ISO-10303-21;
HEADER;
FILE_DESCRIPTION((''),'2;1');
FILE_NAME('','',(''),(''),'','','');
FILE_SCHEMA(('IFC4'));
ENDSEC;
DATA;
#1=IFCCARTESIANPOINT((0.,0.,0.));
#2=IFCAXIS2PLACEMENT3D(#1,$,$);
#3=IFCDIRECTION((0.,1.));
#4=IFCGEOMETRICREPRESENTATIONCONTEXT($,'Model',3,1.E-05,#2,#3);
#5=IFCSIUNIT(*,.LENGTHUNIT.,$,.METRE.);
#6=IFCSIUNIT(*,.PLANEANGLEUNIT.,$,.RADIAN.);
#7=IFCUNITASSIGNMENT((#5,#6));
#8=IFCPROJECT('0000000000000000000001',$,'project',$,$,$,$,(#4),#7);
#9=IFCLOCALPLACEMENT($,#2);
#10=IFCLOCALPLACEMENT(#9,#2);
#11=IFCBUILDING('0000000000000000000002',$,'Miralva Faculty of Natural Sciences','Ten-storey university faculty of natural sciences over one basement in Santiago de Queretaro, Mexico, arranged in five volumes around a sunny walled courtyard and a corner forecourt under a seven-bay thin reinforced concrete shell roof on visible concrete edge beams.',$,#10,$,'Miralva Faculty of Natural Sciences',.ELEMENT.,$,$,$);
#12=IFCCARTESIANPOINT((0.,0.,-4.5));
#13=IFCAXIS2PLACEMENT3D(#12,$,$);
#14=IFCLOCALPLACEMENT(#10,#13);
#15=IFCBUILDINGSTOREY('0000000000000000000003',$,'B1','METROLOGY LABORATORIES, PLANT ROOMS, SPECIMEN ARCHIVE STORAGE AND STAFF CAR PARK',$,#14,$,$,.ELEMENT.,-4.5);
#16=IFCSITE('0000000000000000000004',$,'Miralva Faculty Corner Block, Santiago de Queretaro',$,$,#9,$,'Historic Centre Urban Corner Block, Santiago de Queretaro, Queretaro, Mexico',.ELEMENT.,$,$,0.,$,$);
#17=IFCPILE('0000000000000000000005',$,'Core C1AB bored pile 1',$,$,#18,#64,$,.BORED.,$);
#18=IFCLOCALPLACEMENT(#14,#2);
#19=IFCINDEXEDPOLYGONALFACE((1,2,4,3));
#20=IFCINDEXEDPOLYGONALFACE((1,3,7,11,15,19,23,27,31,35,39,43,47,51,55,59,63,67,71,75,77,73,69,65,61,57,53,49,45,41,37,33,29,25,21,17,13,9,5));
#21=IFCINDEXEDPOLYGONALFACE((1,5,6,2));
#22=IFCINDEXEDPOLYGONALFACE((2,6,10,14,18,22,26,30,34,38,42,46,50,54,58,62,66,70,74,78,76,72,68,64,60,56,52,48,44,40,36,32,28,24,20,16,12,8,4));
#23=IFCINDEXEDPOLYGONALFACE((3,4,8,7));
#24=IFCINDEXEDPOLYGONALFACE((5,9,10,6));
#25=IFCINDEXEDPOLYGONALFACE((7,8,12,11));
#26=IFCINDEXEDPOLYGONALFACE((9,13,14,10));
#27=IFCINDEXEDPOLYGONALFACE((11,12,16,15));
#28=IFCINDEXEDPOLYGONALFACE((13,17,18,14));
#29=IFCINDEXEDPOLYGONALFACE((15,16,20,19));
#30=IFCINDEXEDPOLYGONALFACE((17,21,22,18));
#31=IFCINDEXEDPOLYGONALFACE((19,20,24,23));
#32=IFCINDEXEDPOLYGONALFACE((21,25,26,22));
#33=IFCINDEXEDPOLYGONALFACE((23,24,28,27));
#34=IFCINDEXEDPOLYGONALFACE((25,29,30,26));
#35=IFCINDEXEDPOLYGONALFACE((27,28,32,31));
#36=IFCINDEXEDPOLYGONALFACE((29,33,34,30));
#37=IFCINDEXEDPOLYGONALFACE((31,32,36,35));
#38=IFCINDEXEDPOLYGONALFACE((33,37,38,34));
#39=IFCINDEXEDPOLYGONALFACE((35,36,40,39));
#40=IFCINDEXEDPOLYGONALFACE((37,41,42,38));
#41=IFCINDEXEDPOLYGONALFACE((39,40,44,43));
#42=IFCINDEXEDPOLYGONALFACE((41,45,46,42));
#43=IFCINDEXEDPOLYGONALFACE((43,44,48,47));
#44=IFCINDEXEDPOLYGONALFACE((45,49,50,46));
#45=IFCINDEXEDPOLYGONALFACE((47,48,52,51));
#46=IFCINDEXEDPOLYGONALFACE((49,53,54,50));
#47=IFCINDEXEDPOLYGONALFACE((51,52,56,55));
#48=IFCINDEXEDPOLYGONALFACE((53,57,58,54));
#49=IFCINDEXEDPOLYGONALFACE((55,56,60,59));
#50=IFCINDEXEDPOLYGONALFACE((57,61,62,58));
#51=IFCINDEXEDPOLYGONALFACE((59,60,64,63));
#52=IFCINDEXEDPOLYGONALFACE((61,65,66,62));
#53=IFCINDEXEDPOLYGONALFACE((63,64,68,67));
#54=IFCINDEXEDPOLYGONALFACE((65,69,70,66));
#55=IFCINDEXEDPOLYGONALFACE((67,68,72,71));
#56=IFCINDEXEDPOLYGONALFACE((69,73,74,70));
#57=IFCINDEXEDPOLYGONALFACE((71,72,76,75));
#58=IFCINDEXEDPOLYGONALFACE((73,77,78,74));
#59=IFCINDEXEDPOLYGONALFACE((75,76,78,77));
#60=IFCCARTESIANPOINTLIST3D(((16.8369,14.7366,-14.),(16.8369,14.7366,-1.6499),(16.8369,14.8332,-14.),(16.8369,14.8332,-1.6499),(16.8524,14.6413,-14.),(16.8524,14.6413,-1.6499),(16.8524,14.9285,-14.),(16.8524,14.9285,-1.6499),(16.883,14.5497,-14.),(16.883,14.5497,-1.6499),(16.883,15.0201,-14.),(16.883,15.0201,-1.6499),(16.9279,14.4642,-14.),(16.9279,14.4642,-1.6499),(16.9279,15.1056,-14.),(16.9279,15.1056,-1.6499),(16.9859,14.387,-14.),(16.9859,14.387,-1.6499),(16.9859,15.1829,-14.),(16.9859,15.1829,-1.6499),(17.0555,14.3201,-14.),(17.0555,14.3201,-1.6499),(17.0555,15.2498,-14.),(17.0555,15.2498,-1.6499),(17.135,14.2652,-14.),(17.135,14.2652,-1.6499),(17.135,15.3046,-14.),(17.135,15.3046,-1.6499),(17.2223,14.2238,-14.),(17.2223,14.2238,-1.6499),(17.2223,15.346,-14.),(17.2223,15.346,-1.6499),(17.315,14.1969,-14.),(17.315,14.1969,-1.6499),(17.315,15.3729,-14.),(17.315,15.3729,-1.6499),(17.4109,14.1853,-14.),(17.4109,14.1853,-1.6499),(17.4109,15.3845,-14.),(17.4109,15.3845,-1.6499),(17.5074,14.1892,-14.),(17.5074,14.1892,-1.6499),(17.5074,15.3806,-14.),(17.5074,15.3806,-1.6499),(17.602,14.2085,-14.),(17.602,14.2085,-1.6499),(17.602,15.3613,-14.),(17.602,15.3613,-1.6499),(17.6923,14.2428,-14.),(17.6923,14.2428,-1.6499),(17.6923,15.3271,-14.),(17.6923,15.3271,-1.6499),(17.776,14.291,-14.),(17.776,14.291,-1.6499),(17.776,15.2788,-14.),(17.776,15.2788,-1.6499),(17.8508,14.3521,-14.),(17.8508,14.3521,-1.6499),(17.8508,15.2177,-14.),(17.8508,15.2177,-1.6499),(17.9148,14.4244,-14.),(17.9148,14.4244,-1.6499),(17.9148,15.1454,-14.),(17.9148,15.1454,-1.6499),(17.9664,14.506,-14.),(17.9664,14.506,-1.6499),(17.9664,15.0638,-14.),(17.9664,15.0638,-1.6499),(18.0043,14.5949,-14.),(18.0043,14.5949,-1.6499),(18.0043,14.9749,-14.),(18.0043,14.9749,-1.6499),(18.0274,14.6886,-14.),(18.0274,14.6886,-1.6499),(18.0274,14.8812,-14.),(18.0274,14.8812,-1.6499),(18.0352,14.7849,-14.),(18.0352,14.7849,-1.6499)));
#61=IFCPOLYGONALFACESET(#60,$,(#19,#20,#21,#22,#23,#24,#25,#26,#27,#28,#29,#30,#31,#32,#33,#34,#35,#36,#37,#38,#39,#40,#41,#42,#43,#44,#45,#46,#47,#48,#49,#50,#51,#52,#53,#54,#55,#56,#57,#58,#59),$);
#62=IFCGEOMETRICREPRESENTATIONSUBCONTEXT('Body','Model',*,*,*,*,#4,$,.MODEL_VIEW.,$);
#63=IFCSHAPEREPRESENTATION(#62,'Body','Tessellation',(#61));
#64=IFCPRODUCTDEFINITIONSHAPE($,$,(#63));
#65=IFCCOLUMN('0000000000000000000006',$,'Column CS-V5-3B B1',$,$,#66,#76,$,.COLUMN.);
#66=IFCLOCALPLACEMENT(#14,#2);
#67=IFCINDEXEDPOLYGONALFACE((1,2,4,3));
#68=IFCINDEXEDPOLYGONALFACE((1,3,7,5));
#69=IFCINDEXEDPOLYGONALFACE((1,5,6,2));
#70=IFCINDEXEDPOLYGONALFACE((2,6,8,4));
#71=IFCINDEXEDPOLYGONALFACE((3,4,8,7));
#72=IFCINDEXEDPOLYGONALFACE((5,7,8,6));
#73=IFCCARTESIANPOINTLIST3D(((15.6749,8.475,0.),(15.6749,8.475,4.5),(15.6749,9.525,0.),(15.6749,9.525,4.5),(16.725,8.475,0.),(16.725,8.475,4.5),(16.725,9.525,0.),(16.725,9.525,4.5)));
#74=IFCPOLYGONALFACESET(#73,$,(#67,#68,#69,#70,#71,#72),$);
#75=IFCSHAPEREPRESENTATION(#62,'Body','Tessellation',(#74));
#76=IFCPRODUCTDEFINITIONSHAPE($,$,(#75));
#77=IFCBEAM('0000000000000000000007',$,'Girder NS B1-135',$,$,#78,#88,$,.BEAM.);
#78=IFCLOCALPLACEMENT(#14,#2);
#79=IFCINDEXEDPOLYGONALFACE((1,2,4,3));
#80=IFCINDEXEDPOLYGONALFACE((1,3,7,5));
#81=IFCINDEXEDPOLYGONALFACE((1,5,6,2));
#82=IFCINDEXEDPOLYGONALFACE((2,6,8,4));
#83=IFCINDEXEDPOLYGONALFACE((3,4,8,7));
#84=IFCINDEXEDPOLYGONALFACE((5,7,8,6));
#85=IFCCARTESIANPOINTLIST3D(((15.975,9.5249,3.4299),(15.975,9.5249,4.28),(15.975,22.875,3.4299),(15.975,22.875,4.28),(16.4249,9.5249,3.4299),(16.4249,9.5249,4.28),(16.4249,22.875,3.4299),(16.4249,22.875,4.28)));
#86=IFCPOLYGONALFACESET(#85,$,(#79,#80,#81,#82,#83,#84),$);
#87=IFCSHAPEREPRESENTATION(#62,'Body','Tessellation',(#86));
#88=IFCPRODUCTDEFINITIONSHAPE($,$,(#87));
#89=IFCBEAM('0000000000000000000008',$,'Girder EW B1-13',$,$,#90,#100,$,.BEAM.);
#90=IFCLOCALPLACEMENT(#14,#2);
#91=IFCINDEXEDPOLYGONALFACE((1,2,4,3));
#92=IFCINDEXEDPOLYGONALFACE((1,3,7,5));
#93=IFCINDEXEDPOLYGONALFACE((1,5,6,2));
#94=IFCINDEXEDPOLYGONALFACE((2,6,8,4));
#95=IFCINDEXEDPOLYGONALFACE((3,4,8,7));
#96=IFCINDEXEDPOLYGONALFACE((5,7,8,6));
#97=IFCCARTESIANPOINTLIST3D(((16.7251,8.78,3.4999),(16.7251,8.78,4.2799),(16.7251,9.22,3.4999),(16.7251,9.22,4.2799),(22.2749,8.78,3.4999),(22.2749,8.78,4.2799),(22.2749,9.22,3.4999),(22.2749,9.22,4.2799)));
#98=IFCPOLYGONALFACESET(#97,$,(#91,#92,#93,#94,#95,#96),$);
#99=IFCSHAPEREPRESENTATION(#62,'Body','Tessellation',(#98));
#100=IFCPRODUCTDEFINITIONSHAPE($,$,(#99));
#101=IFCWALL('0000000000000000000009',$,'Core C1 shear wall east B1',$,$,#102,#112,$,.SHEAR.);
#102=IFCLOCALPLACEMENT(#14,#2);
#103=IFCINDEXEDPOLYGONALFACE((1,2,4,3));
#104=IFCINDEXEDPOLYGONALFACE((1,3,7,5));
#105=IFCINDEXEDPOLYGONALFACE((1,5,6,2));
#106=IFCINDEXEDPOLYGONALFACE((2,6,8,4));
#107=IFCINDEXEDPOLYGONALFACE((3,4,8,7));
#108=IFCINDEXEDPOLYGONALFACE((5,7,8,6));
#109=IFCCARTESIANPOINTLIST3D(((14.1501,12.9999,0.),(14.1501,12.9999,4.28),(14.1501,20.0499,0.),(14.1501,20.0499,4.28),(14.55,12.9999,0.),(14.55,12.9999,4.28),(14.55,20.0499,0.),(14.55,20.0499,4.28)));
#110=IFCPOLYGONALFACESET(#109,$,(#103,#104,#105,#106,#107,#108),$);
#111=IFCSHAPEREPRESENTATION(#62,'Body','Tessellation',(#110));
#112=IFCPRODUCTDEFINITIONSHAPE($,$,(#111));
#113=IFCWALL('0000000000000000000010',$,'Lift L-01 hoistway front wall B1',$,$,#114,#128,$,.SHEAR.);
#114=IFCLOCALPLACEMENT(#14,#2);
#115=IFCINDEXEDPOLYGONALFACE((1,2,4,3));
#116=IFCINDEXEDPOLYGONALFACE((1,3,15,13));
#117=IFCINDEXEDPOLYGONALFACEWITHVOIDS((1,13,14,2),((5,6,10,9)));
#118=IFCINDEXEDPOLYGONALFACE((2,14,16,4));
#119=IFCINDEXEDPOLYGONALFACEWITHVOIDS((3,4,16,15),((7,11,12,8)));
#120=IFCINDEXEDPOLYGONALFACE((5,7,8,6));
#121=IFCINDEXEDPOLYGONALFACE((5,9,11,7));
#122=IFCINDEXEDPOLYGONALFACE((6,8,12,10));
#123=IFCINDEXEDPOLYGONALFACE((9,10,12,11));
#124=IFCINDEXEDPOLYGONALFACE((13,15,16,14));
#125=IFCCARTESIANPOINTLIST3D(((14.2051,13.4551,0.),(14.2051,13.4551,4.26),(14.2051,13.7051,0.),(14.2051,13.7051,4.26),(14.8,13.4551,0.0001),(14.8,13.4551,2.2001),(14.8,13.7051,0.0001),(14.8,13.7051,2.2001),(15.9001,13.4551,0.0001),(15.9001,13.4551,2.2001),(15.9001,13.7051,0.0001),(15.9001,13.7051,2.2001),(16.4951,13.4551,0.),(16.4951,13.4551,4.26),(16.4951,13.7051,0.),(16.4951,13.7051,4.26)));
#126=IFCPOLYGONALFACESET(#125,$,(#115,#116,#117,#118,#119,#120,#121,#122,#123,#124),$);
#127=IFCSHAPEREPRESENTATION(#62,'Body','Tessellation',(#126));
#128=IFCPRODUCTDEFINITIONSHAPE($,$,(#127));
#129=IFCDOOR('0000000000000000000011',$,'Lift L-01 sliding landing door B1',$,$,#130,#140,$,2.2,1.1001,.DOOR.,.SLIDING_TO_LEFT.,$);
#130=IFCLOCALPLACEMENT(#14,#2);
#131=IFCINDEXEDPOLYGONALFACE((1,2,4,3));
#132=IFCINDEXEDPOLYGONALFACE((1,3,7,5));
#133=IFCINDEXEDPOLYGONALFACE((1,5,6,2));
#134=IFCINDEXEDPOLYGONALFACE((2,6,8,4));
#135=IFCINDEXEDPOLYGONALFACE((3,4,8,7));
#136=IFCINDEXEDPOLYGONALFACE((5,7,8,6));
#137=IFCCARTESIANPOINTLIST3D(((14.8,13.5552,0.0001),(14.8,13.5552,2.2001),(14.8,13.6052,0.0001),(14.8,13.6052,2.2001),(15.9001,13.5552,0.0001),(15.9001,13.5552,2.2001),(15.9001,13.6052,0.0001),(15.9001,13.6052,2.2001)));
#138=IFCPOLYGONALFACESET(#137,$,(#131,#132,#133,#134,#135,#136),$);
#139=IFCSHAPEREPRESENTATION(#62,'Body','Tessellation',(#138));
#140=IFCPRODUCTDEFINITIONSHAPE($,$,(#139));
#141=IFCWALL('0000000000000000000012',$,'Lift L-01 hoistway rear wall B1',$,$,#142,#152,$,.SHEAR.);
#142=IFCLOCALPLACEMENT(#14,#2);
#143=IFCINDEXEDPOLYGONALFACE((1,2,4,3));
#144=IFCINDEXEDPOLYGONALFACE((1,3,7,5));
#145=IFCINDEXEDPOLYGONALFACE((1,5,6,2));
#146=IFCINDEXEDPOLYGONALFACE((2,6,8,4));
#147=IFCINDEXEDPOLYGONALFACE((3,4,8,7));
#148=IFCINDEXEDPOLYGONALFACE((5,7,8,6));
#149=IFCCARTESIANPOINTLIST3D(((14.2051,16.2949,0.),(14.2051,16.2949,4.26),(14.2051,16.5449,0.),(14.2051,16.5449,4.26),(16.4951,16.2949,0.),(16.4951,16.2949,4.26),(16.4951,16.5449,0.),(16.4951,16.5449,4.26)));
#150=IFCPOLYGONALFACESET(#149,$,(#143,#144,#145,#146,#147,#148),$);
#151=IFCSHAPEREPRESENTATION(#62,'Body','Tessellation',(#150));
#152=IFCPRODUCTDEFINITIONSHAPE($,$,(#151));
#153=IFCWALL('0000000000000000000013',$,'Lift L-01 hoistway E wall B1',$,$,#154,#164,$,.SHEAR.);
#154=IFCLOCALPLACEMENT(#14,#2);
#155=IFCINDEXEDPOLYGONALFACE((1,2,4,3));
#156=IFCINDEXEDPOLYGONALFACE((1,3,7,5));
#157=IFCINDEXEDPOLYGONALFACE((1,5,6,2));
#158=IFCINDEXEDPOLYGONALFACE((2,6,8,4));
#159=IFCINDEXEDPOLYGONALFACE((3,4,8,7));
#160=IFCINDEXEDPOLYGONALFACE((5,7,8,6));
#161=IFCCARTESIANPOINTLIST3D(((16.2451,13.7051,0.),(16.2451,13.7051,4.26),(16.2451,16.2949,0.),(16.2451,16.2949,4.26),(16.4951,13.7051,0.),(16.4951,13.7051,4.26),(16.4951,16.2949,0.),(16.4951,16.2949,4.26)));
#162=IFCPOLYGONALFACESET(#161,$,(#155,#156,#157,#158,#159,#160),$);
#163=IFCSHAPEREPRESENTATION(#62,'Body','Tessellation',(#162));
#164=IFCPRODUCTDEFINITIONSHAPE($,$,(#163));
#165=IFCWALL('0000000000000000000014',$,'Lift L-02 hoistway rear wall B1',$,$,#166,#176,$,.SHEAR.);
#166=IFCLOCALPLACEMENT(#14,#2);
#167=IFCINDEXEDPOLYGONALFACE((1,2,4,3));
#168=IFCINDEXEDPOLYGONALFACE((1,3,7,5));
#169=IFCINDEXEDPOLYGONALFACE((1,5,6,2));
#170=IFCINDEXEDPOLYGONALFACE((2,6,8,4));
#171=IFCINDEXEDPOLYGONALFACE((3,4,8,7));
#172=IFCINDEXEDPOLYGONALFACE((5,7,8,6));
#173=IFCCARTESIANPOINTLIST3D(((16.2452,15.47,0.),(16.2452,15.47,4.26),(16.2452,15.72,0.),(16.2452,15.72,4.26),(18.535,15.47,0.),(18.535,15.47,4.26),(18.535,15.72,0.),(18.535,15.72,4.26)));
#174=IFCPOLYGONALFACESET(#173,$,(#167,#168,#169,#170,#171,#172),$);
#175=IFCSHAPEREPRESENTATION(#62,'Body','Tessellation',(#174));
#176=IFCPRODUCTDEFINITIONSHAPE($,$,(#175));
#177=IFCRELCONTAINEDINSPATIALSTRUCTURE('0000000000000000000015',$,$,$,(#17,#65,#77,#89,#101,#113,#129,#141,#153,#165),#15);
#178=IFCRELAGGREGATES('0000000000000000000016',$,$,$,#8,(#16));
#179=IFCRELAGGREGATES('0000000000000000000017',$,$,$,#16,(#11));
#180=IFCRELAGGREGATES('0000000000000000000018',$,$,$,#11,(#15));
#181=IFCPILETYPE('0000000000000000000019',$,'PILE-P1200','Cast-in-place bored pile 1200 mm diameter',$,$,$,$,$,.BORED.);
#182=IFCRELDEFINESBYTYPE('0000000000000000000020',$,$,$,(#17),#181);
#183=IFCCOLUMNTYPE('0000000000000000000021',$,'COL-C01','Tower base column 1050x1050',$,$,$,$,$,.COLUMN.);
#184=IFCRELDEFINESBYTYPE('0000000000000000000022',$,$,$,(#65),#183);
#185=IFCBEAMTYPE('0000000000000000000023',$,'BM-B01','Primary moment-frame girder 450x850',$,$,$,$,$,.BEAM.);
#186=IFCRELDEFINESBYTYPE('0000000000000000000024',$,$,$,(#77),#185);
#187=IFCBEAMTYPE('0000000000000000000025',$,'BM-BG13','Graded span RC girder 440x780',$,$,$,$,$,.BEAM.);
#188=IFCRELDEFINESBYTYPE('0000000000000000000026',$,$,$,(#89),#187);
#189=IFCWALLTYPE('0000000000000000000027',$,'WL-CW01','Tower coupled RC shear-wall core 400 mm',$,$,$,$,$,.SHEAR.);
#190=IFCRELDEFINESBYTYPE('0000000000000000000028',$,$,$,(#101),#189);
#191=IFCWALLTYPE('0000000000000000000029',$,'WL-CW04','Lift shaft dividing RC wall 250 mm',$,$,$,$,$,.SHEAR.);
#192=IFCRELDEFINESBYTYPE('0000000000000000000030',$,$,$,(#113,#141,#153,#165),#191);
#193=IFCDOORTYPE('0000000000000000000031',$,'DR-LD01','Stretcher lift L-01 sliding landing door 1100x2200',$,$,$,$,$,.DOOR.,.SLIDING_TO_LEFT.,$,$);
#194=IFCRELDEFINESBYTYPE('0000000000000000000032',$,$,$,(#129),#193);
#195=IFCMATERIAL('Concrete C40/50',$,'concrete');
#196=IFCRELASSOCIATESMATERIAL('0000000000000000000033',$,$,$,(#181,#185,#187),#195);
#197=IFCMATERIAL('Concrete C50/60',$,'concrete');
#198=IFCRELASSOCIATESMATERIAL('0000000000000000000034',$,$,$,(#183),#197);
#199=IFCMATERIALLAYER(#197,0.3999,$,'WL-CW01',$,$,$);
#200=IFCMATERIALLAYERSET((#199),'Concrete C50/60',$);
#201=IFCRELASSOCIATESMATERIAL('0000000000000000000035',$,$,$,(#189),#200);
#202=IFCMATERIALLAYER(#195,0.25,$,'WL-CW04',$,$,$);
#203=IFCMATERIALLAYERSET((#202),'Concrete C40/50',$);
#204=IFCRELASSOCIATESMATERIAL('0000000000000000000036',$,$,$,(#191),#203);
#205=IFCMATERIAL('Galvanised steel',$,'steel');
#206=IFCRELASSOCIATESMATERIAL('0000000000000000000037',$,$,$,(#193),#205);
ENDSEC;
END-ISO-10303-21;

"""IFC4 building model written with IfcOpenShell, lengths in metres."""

from ifc_helpers import new_model, si_unit, direction, frame, frame_2d, origin, origin_2d, place, context, subcontext, project, spatial, rectangle, circle, extrude, material, layer, layer_set, material_profile, profile_set, type_object, element, fill, save


model = new_model("IFC4")

# Units and contexts
model_context = context("Model", 3, precision=1e-05, world=origin(), true_north=direction((0.0, 1.0)))
body_context = subcontext(model_context, "Body", "Model", "MODEL_VIEW")
ifc_project = project(units=[si_unit("LENGTHUNIT", "METRE"), si_unit("PLANEANGLEUNIT", "RADIAN")], contexts=[model_context])

# Site, building, storey
site_placement = place(None, origin())
site = spatial("IfcSite", under=ifc_project, at=site_placement, Name="Miralva Faculty Corner Block, Santiago de Queretaro", LongName="Historic Centre Urban Corner Block, Santiago de Queretaro, Queretaro, Mexico", CompositionType="ELEMENT", RefElevation=0.0)
building_placement = place(site_placement, origin())
building = spatial("IfcBuilding", under=site, at=building_placement, Name="Miralva Faculty of Natural Sciences", Description="Ten-storey university faculty of natural sciences over one basement in Santiago de Queretaro, Mexico, arranged in five volumes around a sunny walled courtyard and a corner forecourt under a seven-bay thin reinforced concrete shell roof on visible concrete edge beams.", LongName="Miralva Faculty of Natural Sciences", CompositionType="ELEMENT")
storey_placement = place(building_placement, frame((0.0, 0.0, -4.5)))
storey = spatial("IfcBuildingStorey", under=building, at=storey_placement, Name="B1", Description="METROLOGY LABORATORIES, PLANT ROOMS, SPECIMEN ARCHIVE STORAGE AND STAFF CAR PARK", CompositionType="ELEMENT", Elevation=-4.5)

# Pile
ifc_material_1 = material(Name="Concrete C40/50", Category="concrete")
ifc_material_profile_1 = material_profile(ifc_material_1, circle(Radius=0.6001, at=origin_2d()), Name="BORED PILE 1200")
ifc_profile_set_1 = profile_set([ifc_material_profile_1], Name="Concrete C40/50")
pile_type_1 = type_object("IfcPileType", Name="PILE-P1200", Description="Cast-in-place bored pile 1200 mm diameter", PredefinedType="BORED", material=ifc_profile_set_1)
pile_placement = place(storey_placement, frame((17.4351, 14.7849, -1.6499), z_axis=(0.0, 0.0, -1.0), x_axis=(1.0, 0.0, 0.0)))
element("IfcPile", 1, at=pile_placement, inside=storey, type_object=pile_type_1, Name="Core C1AB bored pile 1", PredefinedType="BORED", context=body_context, shape_type="SweptSolid", body=[
    extrude(circle(Radius=0.6001, at=origin_2d()), origin(), (0.0, 0.0, 1.0), 12.3501),
])

# Column
ifc_material_2 = material(Name="Concrete C50/60", Category="concrete")
ifc_material_profile_2 = material_profile(ifc_material_2, rectangle(XDim=1.05, YDim=1.05, at=origin_2d()), Name="RC 1050x1050")
ifc_profile_set_2 = profile_set([ifc_material_profile_2], Name="Concrete C50/60")
column_type = type_object("IfcColumnType", Name="COL-C01", Description="Tower base column 1050x1050", PredefinedType="COLUMN", material=ifc_profile_set_2)
column_placement = place(storey_placement, frame((16.2, 9.0, 0.0), z_axis=(0.0, 0.0, 1.0), x_axis=(1.0, 0.0, 0.0)))
element("IfcColumn", 2, at=column_placement, inside=storey, type_object=column_type, Name="Column CS-V5-3B B1", PredefinedType="COLUMN", context=body_context, shape_type="SweptSolid", body=[
    extrude(rectangle(XDim=1.05, YDim=1.05, at=origin_2d()), origin(), (0.0, 0.0, 1.0), 4.5),
])

# Beams
ifc_material_profile_3 = material_profile(ifc_material_1, rectangle(XDim=0.45, YDim=0.8501, at=origin_2d()), Name="RC 450x850")
ifc_profile_set_3 = profile_set([ifc_material_profile_3], Name="Concrete C40/50")
beam_type_1 = type_object("IfcBeamType", Name="BM-B01", Description="Primary moment-frame girder 450x850", PredefinedType="BEAM", material=ifc_profile_set_3)
beam_1_placement = place(storey_placement, frame((16.2, 9.5249, 3.855), z_axis=(0.0, 1.0, 0.0), x_axis=(-1.0, 0.0, 0.0)))
element("IfcBeam", 3, at=beam_1_placement, inside=storey, type_object=beam_type_1, Name="Girder NS B1-135", PredefinedType="BEAM", context=body_context, shape_type="SweptSolid", body=[
    extrude(rectangle(XDim=0.45, YDim=0.8501, at=origin_2d()), origin(), (0.0, 0.0, 1.0), 13.3501),
])
ifc_material_profile_4 = material_profile(ifc_material_1, rectangle(XDim=0.4399, YDim=0.78, at=origin_2d()), Name="RC 440x780")
ifc_profile_set_4 = profile_set([ifc_material_profile_4], Name="Concrete C40/50")
beam_type_2 = type_object("IfcBeamType", Name="BM-BG13", Description="Graded span RC girder 440x780", PredefinedType="BEAM", material=ifc_profile_set_4)
beam_2_placement = place(storey_placement, frame((16.7251, 9.0, 3.8899), z_axis=(1.0, 0.0, 0.0), x_axis=(0.0, 1.0, 0.0)))
element("IfcBeam", 4, at=beam_2_placement, inside=storey, type_object=beam_type_2, Name="Girder EW B1-13", PredefinedType="BEAM", context=body_context, shape_type="SweptSolid", body=[
    extrude(rectangle(XDim=0.4399, YDim=0.78, at=origin_2d()), origin(), (0.0, 0.0, 1.0), 5.5498),
])

# Wall
ifc_layer_1 = layer(ifc_material_2, 0.3999, Name="WL-CW01")
ifc_layer_set_1 = layer_set([ifc_layer_1], Name="Concrete C50/60")
wall_type_1 = type_object("IfcWallType", Name="WL-CW01", Description="Tower coupled RC shear-wall core 400 mm", PredefinedType="SHEAR", material=ifc_layer_set_1)
wall_1_placement = place(storey_placement, frame((14.3501, 13.0, 0.0), z_axis=(0.0, 0.0, 1.0), x_axis=(0.0, 1.0, 0.0)))
element("IfcWall", 5, at=wall_1_placement, inside=storey, type_object=wall_type_1, Name="Core C1 shear wall east B1", PredefinedType="SHEAR", context=body_context, shape_type="SweptSolid", body=[
    extrude(rectangle(XDim=7.05, YDim=0.3999, at=frame_2d((3.5249, 0.0))), origin(), (0.0, 0.0, 1.0), 4.28),
])

# Wall, opening, door
ifc_layer_2 = layer(ifc_material_1, 0.25, Name="WL-CW04")
ifc_layer_set_2 = layer_set([ifc_layer_2], Name="Concrete C40/50")
wall_type_2 = type_object("IfcWallType", Name="WL-CW04", Description="Lift shaft dividing RC wall 250 mm", PredefinedType="SHEAR", material=ifc_layer_set_2)
wall_2_placement = place(storey_placement, frame((14.2051, 13.5801, 0.0), z_axis=(0.0, 0.0, 1.0), x_axis=(1.0, 0.0, 0.0)))
wall_2 = element("IfcWall", 6, at=wall_2_placement, inside=storey, type_object=wall_type_2, Name="Lift L-01 hoistway front wall B1", PredefinedType="SHEAR", context=body_context, shape_type="SweptSolid", body=[
    extrude(rectangle(XDim=2.29, YDim=0.25, at=frame_2d((1.145, 0.0))), origin(), (0.0, 0.0, 1.0), 4.26),
])
opening_1_placement = place(wall_2_placement, frame((0.595, 0.0, 0.0)))
opening_1 = element("IfcOpeningElement", 7, at=opening_1_placement, cuts=wall_2, PredefinedType="OPENING", context=body_context, shape_type="SweptSolid", body=[
    extrude(rectangle(XDim=1.1001, YDim=2.2, at=frame_2d((0.55, 1.1001))), frame((0.0, 0.135, 0.0), z_axis=(0.0, -1.0, 0.0), x_axis=(1.0, 0.0, 0.0)), (0.0, 0.0, 1.0), 0.27),
])
ifc_material_3 = material(Name="Galvanised steel", Category="steel")
door_type_1 = type_object("IfcDoorType", Name="DR-LD01", Description="Stretcher lift L-01 sliding landing door 1100x2200", OperationType="SLIDING_TO_LEFT", PredefinedType="DOOR", material=ifc_material_3)
door_1_placement = place(opening_1_placement, frame((1.1001, 0.0, 0.0), z_axis=(0.0, 0.0, 1.0), x_axis=(-1.0, 0.0, 0.0)))
door_1 = element("IfcDoor", 8, at=door_1_placement, inside=storey, type_object=door_type_1, Name="Lift L-01 sliding landing door B1", OperationType="SLIDING_TO_LEFT", OverallHeight=2.2, OverallWidth=1.1001, PredefinedType="DOOR", context=body_context, shape_type="SweptSolid", body=[
    extrude(rectangle(XDim=1.1001, YDim=2.2, at=frame_2d((0.55, 1.1001))), frame((0.0, 0.0249, 0.0), z_axis=(0.0, -1.0, 0.0), x_axis=(1.0, 0.0, 0.0)), (0.0, 0.0, 1.0), 0.05),
])
fill(opening_1, door_1)

# Walls
wall_3_placement = place(storey_placement, frame((14.2051, 16.4199, 0.0), z_axis=(0.0, 0.0, 1.0), x_axis=(1.0, 0.0, 0.0)))
element("IfcWall", 9, at=wall_3_placement, inside=storey, type_object=wall_type_2, Name="Lift L-01 hoistway rear wall B1", PredefinedType="SHEAR", context=body_context, shape_type="SweptSolid", body=[
    extrude(rectangle(XDim=2.29, YDim=0.25, at=frame_2d((1.145, 0.0))), origin(), (0.0, 0.0, 1.0), 4.26),
])
wall_4_placement = place(storey_placement, frame((16.3701, 13.7051, 0.0), z_axis=(0.0, 0.0, 1.0), x_axis=(0.0, 1.0, 0.0)))
element("IfcWall", 10, at=wall_4_placement, inside=storey, type_object=wall_type_2, Name="Lift L-01 hoistway E wall B1", PredefinedType="SHEAR", context=body_context, shape_type="SweptSolid", body=[
    extrude(rectangle(XDim=2.5898, YDim=0.25, at=frame_2d((1.2949, 0.0))), origin(), (0.0, 0.0, 1.0), 4.26),
])

# Wall
wall_5_placement = place(storey_placement, frame((16.2451, 15.595, 0.0), z_axis=(0.0, 0.0, 1.0), x_axis=(1.0, 0.0, 0.0)))
element("IfcWall", 11, at=wall_5_placement, inside=storey, type_object=wall_type_2, Name="Lift L-02 hoistway rear wall B1", PredefinedType="SHEAR", context=body_context, shape_type="SweptSolid", body=[
    extrude(rectangle(XDim=2.2898, YDim=0.25, at=frame_2d((1.145, 0.0))), origin(), (0.0, 0.0, 1.0), 4.26),
])

save(model, "model.ifc")
